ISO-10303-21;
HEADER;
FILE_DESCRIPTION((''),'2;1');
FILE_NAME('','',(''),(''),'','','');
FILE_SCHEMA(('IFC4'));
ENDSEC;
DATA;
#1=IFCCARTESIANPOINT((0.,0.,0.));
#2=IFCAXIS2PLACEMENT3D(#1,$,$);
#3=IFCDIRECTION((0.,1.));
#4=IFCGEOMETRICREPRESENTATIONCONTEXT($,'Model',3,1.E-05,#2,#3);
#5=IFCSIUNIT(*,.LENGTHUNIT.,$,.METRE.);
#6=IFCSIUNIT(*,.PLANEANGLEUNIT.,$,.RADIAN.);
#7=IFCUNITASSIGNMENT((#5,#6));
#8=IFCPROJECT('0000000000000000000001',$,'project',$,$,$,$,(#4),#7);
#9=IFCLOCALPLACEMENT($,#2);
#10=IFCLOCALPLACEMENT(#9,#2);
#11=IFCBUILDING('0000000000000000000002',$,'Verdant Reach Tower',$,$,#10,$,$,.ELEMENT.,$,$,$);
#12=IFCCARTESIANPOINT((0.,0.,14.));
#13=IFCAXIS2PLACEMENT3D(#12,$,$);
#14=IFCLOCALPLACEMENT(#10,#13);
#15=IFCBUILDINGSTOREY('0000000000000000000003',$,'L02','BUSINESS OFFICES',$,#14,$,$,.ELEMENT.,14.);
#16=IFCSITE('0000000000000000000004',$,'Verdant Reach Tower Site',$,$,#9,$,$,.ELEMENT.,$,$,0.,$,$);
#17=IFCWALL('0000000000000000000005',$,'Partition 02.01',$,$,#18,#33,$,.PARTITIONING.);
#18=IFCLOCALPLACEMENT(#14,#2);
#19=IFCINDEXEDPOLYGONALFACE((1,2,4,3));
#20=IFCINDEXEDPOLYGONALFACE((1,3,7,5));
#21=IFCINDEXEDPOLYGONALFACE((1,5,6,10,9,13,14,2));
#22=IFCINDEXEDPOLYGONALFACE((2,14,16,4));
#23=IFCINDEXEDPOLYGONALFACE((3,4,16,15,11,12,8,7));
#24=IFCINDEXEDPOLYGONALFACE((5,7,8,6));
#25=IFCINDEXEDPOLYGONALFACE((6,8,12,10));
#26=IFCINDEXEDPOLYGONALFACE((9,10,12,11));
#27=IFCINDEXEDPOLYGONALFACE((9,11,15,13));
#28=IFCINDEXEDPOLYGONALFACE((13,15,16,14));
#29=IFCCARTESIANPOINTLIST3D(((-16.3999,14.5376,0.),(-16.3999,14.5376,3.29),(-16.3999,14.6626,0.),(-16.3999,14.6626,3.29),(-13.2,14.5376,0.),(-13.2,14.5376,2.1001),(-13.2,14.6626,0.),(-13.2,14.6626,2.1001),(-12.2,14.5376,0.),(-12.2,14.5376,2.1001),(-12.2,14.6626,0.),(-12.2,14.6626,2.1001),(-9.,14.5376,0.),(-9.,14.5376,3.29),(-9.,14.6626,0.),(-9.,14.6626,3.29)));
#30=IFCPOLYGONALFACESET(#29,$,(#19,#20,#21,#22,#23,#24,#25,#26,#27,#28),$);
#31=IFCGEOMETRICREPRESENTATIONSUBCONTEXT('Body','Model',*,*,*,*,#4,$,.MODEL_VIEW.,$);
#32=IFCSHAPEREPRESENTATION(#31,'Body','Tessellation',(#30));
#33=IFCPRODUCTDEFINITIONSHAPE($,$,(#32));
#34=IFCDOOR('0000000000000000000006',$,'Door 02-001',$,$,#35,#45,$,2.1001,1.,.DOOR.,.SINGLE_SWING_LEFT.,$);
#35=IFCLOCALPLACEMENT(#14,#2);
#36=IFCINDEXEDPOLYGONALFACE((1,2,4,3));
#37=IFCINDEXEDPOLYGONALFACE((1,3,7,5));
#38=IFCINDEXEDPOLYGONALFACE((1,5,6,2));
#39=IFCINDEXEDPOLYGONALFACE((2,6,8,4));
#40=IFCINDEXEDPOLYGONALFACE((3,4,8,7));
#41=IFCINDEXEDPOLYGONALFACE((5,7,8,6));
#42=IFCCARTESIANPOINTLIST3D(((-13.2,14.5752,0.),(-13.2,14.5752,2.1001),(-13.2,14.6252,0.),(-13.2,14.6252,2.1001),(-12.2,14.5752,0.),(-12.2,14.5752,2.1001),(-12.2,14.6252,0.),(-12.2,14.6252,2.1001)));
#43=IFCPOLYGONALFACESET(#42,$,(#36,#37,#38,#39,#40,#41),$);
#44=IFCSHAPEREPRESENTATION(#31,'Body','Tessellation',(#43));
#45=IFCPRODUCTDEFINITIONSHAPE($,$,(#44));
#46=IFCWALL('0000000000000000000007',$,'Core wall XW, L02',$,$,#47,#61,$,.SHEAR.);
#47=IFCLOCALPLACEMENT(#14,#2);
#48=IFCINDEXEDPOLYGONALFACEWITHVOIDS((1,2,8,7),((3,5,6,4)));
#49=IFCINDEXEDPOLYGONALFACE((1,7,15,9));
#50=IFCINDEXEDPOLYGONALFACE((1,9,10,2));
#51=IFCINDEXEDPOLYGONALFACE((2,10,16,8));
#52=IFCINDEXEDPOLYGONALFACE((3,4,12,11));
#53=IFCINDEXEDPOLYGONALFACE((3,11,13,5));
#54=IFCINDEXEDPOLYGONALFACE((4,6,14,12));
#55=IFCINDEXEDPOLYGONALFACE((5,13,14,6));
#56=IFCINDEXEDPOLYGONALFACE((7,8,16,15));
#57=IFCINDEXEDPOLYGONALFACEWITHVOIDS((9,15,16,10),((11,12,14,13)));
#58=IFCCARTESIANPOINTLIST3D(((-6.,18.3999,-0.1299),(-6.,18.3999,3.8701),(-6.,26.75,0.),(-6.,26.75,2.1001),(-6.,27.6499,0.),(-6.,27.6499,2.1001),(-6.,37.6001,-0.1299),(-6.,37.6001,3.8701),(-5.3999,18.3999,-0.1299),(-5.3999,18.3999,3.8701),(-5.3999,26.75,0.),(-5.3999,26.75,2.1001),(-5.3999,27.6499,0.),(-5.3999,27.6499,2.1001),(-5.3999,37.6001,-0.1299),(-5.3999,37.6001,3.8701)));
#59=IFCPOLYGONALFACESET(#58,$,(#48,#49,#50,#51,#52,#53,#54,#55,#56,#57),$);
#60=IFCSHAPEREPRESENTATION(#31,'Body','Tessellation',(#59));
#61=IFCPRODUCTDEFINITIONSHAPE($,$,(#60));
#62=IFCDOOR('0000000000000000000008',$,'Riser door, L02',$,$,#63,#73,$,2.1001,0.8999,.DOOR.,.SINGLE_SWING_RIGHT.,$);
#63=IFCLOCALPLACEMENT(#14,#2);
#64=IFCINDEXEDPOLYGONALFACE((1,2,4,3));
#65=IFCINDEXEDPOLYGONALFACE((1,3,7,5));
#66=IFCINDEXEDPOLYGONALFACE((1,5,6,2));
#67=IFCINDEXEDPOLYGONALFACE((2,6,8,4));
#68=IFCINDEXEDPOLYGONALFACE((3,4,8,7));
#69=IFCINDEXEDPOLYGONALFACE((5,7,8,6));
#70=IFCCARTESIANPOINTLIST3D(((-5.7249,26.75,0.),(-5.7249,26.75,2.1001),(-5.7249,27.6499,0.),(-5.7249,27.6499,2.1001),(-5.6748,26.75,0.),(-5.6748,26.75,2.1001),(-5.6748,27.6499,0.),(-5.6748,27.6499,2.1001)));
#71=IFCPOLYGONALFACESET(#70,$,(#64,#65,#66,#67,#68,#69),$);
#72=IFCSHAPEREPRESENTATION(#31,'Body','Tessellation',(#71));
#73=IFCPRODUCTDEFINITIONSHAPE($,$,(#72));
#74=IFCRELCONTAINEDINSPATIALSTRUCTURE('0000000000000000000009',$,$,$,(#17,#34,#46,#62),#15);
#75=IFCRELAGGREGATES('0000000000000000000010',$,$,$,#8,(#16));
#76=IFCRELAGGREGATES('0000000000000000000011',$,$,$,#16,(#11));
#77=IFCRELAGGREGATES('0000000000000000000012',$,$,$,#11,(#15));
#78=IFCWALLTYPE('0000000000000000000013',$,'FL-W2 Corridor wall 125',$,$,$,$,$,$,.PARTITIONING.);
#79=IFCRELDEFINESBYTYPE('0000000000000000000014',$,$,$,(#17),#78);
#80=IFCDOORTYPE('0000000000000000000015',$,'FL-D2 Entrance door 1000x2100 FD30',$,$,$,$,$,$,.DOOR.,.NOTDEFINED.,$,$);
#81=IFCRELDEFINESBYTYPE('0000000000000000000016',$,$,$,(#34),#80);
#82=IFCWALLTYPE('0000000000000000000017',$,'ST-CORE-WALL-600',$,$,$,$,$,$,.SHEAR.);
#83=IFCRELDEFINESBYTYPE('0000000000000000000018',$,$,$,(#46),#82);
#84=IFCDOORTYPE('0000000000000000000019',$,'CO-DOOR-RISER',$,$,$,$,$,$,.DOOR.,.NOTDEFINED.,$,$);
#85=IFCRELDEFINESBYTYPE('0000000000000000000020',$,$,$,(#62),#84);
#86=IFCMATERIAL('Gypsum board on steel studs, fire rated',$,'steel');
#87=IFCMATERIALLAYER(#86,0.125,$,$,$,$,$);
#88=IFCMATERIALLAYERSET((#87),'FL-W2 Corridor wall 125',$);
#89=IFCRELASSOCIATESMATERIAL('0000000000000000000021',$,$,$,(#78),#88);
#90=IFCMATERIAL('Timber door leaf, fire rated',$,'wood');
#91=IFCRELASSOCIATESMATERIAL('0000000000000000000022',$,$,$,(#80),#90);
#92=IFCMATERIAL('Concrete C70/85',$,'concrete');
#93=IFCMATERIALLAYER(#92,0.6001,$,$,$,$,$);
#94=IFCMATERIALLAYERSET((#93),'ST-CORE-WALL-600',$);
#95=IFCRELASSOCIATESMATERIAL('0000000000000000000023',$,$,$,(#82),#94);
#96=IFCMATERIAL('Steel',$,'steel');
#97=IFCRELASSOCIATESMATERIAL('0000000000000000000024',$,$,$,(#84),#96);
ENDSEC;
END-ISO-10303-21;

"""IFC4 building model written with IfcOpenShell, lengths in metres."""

from ifc_helpers import new_model, si_unit, direction, frame, frame_2d, origin, place, context, subcontext, project, spatial, rectangle, extrude, material, layer, layer_set, type_object, element, fill, save


model = new_model("IFC4")

# Units and contexts
model_context = context("Model", 3, precision=1e-05, world=origin(), true_north=direction((0.0, 1.0)))
body_context = subcontext(model_context, "Body", "Model", "MODEL_VIEW")
ifc_project = project(units=[si_unit("LENGTHUNIT", "METRE"), si_unit("PLANEANGLEUNIT", "RADIAN")], contexts=[model_context])

# Site, building, storey
site_placement = place(None, origin())
site = spatial("IfcSite", under=ifc_project, at=site_placement, Name="Verdant Reach Tower Site", CompositionType="ELEMENT", RefElevation=0.0)
building_placement = place(site_placement, origin())
building = spatial("IfcBuilding", under=site, at=building_placement, Name="Verdant Reach Tower", CompositionType="ELEMENT")
storey_placement = place(building_placement, frame((0.0, 0.0, 14.0)))
storey = spatial("IfcBuildingStorey", under=building, at=storey_placement, Name="L02", Description="BUSINESS OFFICES", CompositionType="ELEMENT", Elevation=14.0)

# Walls, openings, doors
ifc_material_1 = material(Name="Gypsum board on steel studs, fire rated", Category="steel")
ifc_layer_1 = layer(ifc_material_1, 0.125)
ifc_layer_set_1 = layer_set([ifc_layer_1], Name="FL-W2 Corridor wall 125")
wall_type_1 = type_object("IfcWallType", Name="FL-W2 Corridor wall 125", PredefinedType="PARTITIONING", material=ifc_layer_set_1)
wall_1_placement = place(storey_placement, frame((-9.0, 14.6001, 0.0), z_axis=(0.0, 0.0, 1.0), x_axis=(-1.0, 0.0, 0.0)))
wall_1 = element("IfcWall", 1, at=wall_1_placement, inside=storey, type_object=wall_type_1, Name="Partition 02.01", PredefinedType="PARTITIONING", context=body_context, shape_type="SweptSolid", body=[
    extrude(rectangle(XDim=7.3999, YDim=0.125, at=frame_2d((3.7, 0.0))), origin(), (0.0, 0.0, 1.0), 3.29),
])
opening_1_placement = place(wall_1_placement, frame((3.2, 0.0, 0.0)))
opening_1 = element("IfcOpeningElement", 2, at=opening_1_placement, cuts=wall_1, PredefinedType="OPENING", context=body_context, shape_type="SweptSolid", body=[
    extrude(rectangle(XDim=1.0, YDim=2.1001, at=frame_2d((0.5, 1.05))), frame((0.0, 0.0725, 0.0), z_axis=(0.0, -1.0, 0.0), x_axis=(1.0, 0.0, 0.0)), (0.0, 0.0, 1.0), 0.145),
])
ifc_material_2 = material(Name="Timber door leaf, fire rated", Category="wood")
door_type_1 = type_object("IfcDoorType", Name="FL-D2 Entrance door 1000x2100 FD30", OperationType="NOTDEFINED", PredefinedType="DOOR", material=ifc_material_2)
door_1_placement = place(opening_1_placement, origin())
door_1 = element("IfcDoor", 3, at=door_1_placement, inside=storey, type_object=door_type_1, Name="Door 02-001", OperationType="SINGLE_SWING_LEFT", OverallHeight=2.1001, OverallWidth=1.0, PredefinedType="DOOR", context=body_context, shape_type="SweptSolid", body=[
    extrude(rectangle(XDim=1.0, YDim=2.1001, at=frame_2d((0.5, 1.05))), frame((0.0, 0.0249, 0.0), z_axis=(0.0, -1.0, 0.0), x_axis=(1.0, 0.0, 0.0)), (0.0, 0.0, 1.0), 0.05),
])
fill(opening_1, door_1)
ifc_material_3 = material(Name="Concrete C70/85", Category="concrete")
ifc_layer_2 = layer(ifc_material_3, 0.6001)
ifc_layer_set_2 = layer_set([ifc_layer_2], Name="ST-CORE-WALL-600")
wall_type_2 = type_object("IfcWallType", Name="ST-CORE-WALL-600", PredefinedType="SHEAR", material=ifc_layer_set_2)
wall_2_placement = place(storey_placement, frame((-5.7, 18.3999, -0.1299), z_axis=(0.0, 0.0, 1.0), x_axis=(0.0, 1.0, 0.0)))
wall_2 = element("IfcWall", 4, at=wall_2_placement, inside=storey, type_object=wall_type_2, Name="Core wall XW, L02", PredefinedType="SHEAR", context=body_context, shape_type="SweptSolid", body=[
    extrude(rectangle(XDim=19.2002, YDim=0.6001, at=frame_2d((9.6001, 0.0))), origin(), (0.0, 0.0, 1.0), 4.0),
])
opening_2_placement = place(wall_2_placement, frame((8.3501, 0.0, 0.1299)))
opening_2 = element("IfcOpeningElement", 5, at=opening_2_placement, cuts=wall_2, PredefinedType="OPENING", context=body_context, shape_type="SweptSolid", body=[
    extrude(rectangle(XDim=0.8999, YDim=2.1001, at=frame_2d((0.45, 1.05))), frame((0.0, 0.3101, 0.0), z_axis=(0.0, -1.0, 0.0), x_axis=(1.0, 0.0, 0.0)), (0.0, 0.0, 1.0), 0.6201),
])
ifc_material_4 = material(Name="Steel", Category="steel")
door_type_2 = type_object("IfcDoorType", Name="CO-DOOR-RISER", OperationType="NOTDEFINED", PredefinedType="DOOR", material=ifc_material_4)
door_2_placement = place(opening_2_placement, origin())
door_2 = element("IfcDoor", 6, at=door_2_placement, inside=storey, type_object=door_type_2, Name="Riser door, L02", OperationType="SINGLE_SWING_RIGHT", OverallHeight=2.1001, OverallWidth=0.8999, PredefinedType="DOOR", context=body_context, shape_type="SweptSolid", body=[
    extrude(rectangle(XDim=0.8999, YDim=2.1001, at=frame_2d((0.45, 1.05))), frame((0.0, 0.0249, 0.0), z_axis=(0.0, -1.0, 0.0), x_axis=(1.0, 0.0, 0.0)), (0.0, 0.0, 1.0), 0.05),
])
fill(opening_2, door_2)

save(model, "model.ifc")
